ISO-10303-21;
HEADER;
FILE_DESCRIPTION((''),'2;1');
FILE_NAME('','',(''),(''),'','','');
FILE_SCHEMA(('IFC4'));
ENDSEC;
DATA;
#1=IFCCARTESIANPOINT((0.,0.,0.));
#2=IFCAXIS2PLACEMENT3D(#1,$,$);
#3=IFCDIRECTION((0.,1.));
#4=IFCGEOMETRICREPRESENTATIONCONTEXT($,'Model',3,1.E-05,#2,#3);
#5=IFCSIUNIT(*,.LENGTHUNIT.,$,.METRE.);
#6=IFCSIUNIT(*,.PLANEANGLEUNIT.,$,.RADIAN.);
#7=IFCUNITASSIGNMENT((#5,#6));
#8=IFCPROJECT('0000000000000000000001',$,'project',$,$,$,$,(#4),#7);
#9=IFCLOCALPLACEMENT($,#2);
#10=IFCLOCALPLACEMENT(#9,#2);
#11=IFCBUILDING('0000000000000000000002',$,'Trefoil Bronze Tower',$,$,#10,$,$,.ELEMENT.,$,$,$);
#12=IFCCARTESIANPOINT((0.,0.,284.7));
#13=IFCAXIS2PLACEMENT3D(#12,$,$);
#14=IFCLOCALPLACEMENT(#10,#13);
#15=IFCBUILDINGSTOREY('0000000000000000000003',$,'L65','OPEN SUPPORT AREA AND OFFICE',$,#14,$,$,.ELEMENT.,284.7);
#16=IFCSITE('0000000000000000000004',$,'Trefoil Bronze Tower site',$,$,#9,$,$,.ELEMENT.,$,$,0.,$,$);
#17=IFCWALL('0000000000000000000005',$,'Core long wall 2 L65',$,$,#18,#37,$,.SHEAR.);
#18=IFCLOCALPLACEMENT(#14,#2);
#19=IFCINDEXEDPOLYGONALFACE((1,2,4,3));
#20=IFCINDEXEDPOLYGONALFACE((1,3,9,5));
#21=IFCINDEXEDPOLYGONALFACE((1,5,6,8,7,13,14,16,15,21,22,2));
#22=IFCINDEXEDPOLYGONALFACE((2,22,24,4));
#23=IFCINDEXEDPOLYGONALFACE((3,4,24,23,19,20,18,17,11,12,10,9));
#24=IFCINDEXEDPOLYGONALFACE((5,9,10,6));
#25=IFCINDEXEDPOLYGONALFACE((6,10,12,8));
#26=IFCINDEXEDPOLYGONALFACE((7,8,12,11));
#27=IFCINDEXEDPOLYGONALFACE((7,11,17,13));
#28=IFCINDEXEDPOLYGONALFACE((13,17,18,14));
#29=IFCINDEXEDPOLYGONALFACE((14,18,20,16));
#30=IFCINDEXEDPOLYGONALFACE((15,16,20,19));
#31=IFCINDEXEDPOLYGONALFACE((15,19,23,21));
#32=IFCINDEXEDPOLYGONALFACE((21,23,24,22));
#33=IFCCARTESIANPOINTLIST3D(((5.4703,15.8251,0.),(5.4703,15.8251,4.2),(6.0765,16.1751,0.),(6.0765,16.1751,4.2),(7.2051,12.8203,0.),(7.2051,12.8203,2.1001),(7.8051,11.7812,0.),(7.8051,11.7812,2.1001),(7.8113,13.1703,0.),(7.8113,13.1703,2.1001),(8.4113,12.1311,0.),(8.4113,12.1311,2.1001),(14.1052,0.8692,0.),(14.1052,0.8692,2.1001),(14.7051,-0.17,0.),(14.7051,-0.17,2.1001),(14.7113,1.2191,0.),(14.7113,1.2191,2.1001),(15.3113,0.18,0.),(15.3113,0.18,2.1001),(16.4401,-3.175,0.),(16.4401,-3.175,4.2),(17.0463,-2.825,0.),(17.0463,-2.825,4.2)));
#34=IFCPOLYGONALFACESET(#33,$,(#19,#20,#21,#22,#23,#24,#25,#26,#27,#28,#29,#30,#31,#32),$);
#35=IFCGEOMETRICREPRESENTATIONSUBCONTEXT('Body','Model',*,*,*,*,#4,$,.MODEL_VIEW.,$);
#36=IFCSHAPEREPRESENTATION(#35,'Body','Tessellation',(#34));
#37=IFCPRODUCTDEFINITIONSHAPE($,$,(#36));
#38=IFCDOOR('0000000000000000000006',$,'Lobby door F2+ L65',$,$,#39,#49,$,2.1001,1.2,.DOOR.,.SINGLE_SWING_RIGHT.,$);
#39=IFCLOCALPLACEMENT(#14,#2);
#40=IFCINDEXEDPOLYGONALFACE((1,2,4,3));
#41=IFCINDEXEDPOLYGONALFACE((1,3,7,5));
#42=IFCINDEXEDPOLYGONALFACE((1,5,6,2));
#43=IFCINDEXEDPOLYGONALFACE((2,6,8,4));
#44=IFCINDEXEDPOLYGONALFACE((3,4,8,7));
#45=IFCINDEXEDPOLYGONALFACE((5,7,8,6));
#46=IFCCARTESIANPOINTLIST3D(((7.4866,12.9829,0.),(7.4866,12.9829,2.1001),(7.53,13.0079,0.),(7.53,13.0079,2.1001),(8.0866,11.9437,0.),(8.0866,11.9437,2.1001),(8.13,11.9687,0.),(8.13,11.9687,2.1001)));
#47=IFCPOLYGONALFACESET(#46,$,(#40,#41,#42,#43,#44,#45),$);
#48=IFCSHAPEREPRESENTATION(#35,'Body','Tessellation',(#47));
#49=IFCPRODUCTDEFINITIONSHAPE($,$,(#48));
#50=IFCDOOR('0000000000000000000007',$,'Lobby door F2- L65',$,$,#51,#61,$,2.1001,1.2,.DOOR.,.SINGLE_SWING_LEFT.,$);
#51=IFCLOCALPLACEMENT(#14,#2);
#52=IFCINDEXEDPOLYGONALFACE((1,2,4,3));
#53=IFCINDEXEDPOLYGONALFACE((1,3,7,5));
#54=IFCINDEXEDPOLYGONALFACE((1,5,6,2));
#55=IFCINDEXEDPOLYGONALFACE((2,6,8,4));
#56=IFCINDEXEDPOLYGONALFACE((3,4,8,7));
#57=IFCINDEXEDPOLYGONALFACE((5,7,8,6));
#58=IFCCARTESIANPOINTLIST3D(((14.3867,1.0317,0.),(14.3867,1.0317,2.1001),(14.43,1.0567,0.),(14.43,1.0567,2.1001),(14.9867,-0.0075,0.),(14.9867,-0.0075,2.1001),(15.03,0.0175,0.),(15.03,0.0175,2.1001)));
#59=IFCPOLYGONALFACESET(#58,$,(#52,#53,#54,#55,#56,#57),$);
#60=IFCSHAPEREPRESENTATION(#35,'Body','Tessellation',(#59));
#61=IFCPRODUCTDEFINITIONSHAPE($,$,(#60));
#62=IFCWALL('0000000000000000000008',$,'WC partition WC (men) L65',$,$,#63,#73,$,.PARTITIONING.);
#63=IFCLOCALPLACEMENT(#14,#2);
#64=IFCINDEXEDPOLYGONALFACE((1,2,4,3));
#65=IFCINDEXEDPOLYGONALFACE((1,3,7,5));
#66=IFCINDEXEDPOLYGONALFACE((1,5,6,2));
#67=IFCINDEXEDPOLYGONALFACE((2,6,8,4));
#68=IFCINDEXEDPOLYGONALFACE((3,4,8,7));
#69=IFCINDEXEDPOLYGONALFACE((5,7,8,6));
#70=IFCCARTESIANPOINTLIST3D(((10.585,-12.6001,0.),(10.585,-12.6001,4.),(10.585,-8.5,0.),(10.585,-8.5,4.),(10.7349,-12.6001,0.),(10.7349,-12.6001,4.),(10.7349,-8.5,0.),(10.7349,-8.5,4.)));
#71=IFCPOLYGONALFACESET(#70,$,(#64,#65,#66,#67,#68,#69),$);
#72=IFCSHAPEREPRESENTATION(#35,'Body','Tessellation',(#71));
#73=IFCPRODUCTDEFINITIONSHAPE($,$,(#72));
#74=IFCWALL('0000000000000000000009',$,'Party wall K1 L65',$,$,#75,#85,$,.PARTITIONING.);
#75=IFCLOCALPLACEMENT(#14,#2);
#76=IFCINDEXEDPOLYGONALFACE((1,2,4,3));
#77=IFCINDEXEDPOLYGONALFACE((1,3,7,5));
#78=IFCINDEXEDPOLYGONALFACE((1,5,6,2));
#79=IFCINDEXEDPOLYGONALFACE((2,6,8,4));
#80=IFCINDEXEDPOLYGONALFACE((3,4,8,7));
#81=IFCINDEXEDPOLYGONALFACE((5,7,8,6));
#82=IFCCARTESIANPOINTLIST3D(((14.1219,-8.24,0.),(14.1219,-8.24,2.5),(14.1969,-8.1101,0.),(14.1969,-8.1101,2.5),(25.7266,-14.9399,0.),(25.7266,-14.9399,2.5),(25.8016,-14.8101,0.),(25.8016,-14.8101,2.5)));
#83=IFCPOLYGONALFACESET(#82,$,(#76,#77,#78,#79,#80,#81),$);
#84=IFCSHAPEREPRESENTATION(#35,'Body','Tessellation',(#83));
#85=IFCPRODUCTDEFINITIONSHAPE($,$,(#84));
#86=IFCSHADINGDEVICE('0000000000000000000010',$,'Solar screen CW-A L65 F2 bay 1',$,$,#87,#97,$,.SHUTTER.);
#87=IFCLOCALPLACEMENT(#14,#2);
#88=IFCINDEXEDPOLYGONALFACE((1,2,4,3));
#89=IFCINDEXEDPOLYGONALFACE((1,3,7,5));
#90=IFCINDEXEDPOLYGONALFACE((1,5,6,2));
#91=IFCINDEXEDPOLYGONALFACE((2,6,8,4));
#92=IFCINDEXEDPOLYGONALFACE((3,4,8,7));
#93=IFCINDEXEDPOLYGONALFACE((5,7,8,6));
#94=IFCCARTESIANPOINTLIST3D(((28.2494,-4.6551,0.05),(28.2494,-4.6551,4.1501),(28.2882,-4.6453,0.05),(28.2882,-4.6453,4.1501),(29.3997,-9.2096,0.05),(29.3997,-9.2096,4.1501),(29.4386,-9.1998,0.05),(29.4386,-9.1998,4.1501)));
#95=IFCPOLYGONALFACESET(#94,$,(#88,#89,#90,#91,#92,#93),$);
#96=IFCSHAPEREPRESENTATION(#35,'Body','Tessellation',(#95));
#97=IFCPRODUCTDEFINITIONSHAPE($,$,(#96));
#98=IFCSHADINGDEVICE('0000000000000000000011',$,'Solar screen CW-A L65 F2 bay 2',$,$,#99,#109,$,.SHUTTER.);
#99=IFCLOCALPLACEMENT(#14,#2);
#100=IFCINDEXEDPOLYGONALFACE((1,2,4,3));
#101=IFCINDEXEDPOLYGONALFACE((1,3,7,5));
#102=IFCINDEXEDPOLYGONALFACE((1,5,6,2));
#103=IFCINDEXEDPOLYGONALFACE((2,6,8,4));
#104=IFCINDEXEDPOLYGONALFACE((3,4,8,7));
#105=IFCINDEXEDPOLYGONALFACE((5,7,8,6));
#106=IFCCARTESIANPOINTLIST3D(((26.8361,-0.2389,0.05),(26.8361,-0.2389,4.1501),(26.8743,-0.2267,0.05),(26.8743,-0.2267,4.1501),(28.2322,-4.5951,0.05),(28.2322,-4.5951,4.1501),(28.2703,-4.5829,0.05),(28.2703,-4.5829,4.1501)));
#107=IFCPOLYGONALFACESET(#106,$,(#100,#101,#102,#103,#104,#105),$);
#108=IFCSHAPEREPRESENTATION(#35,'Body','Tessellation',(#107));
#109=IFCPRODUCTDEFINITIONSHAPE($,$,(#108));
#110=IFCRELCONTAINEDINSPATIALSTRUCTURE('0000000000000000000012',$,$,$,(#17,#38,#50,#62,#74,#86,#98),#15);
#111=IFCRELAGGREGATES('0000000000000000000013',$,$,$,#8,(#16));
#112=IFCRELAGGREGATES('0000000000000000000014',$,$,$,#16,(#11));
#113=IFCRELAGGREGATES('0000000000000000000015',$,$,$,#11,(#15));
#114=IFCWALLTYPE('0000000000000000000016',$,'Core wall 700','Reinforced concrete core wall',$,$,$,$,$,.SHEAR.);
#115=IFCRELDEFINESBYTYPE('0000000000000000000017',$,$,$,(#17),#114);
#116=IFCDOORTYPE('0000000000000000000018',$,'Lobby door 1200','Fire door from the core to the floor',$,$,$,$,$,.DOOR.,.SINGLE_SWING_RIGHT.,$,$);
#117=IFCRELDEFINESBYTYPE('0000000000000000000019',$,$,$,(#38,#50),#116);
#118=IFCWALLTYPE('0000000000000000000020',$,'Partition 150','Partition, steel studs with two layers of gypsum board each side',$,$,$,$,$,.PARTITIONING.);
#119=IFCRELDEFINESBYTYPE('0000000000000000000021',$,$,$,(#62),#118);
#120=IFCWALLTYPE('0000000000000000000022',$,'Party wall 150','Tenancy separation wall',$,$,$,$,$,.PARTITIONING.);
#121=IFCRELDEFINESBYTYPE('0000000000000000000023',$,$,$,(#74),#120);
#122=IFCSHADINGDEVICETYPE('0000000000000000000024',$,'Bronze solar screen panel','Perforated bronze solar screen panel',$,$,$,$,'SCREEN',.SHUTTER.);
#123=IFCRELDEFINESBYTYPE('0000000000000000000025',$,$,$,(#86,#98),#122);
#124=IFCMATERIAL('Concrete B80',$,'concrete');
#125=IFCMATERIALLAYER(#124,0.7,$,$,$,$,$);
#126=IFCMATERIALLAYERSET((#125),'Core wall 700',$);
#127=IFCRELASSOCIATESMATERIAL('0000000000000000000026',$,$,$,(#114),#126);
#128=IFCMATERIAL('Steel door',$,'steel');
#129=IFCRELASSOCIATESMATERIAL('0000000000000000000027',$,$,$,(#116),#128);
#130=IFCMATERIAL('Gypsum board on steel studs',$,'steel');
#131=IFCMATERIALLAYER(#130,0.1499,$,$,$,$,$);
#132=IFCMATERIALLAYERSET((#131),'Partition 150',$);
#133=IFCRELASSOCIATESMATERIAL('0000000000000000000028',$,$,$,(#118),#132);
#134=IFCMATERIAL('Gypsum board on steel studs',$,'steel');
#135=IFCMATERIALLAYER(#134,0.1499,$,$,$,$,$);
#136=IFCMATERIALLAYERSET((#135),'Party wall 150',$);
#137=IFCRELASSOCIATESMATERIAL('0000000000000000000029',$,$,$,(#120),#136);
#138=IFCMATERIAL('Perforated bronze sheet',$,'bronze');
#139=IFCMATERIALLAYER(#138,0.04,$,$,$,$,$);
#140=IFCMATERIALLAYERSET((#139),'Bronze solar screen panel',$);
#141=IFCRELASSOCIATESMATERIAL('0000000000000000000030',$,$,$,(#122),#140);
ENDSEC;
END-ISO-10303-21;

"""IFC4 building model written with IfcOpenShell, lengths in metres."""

from ifc_helpers import new_model, si_unit, direction, frame, frame_2d, origin, origin_2d, place, context, subcontext, project, spatial, rectangle, extrude, material, layer, layer_set, type_object, element, fill, save


model = new_model("IFC4")

# Units and contexts
model_context = context("Model", 3, precision=1e-05, world=origin(), true_north=direction((0.0, 1.0)))
body_context = subcontext(model_context, "Body", "Model", "MODEL_VIEW")
ifc_project = project(units=[si_unit("LENGTHUNIT", "METRE"), si_unit("PLANEANGLEUNIT", "RADIAN")], contexts=[model_context])

# Site, building, storey
site_placement = place(None, origin())
site = spatial("IfcSite", under=ifc_project, at=site_placement, Name="Trefoil Bronze Tower site", CompositionType="ELEMENT", RefElevation=0.0)
building_placement = place(site_placement, origin())
building = spatial("IfcBuilding", under=site, at=building_placement, Name="Trefoil Bronze Tower", CompositionType="ELEMENT")
storey_placement = place(building_placement, frame((0.0, 0.0, 284.7)))
storey = spatial("IfcBuildingStorey", under=building, at=storey_placement, Name="L65", Description="OPEN SUPPORT AREA AND OFFICE", CompositionType="ELEMENT", Elevation=284.7)

# Shared definitions
ifc_material_1 = material(Name="Concrete B80", Category="concrete")
ifc_layer_1 = layer(ifc_material_1, 0.7)
ifc_layer_set_1 = layer_set([ifc_layer_1], Name="Core wall 700")
wall_type_1 = type_object("IfcWallType", Name="Core wall 700", Description="Reinforced concrete core wall", PredefinedType="SHEAR", material=ifc_layer_set_1)

# Wall, openings, doors
wall_1_placement = place(storey_placement, frame((16.7432, -3.0, 0.0), z_axis=(0.0, 0.0, 1.0), x_axis=(-0.500002, 0.866024, 0.0)))
wall_1 = element("IfcWall", 1, at=wall_1_placement, inside=storey, type_object=wall_type_1, Name="Core long wall 2 L65", PredefinedType="SHEAR", context=body_context, shape_type="SweptSolid", body=[
    extrude(rectangle(XDim=21.9395, YDim=0.7, at=frame_2d((10.9697, 0.0))), origin(), (0.0, 0.0, 1.0), 4.2),
])
opening_1_placement = place(wall_1_placement, frame((17.2698, 0.0, 0.0)))
opening_1 = element("IfcOpeningElement", 2, at=opening_1_placement, cuts=wall_1, PredefinedType="OPENING", context=body_context, shape_type="SweptSolid", body=[
    extrude(rectangle(XDim=1.2, YDim=2.1001, at=frame_2d((0.6001, 1.05))), frame((0.0, 0.3599, 0.0), z_axis=(0.0, -1.0, 0.0), x_axis=(1.0, 0.0, 0.0)), (0.0, 0.0, 1.0), 0.72),
])
opening_2_placement = place(wall_1_placement, frame((3.4697, 0.0, 0.0)))
opening_2 = element("IfcOpeningElement", 3, at=opening_2_placement, cuts=wall_1, PredefinedType="OPENING", context=body_context, shape_type="SweptSolid", body=[
    extrude(rectangle(XDim=1.2, YDim=2.1001, at=frame_2d((0.6001, 1.05))), frame((0.0, 0.3599, 0.0), z_axis=(0.0, -1.0, 0.0), x_axis=(1.0, 0.0, 0.0)), (0.0, 0.0, 1.0), 0.72),
])
ifc_material_2 = material(Name="Steel door", Category="steel")
door_type = type_object("IfcDoorType", Name="Lobby door 1200", Description="Fire door from the core to the floor", OperationType="SINGLE_SWING_RIGHT", PredefinedType="DOOR", material=ifc_material_2)
door_1_placement = place(opening_1_placement, origin())
door_1 = element("IfcDoor", 4, at=door_1_placement, inside=storey, type_object=door_type, Name="Lobby door F2+ L65", OperationType="SINGLE_SWING_RIGHT", OverallHeight=2.1001, OverallWidth=1.2, PredefinedType="DOOR", context=body_context, shape_type="SweptSolid", body=[
    extrude(rectangle(XDim=1.2, YDim=2.1001, at=frame_2d((0.6001, 1.05))), frame((0.0, 0.0249, 0.0), z_axis=(0.0, -1.0, 0.0), x_axis=(1.0, 0.0, 0.0)), (0.0, 0.0, 1.0), 0.05),
])
fill(opening_1, door_1)
door_2_placement = place(opening_2_placement, origin())
door_2 = element("IfcDoor", 5, at=door_2_placement, inside=storey, type_object=door_type, Name="Lobby door F2- L65", OperationType="SINGLE_SWING_LEFT", OverallHeight=2.1001, OverallWidth=1.2, PredefinedType="DOOR", context=body_context, shape_type="SweptSolid", body=[
    extrude(rectangle(XDim=1.2, YDim=2.1001, at=frame_2d((0.6001, 1.05))), frame((0.0, 0.0249, 0.0), z_axis=(0.0, -1.0, 0.0), x_axis=(1.0, 0.0, 0.0)), (0.0, 0.0, 1.0), 0.05),
])
fill(opening_2, door_2)

# Walls
ifc_material_3 = material(Name="Gypsum board on steel studs", Category="steel")
ifc_layer_2 = layer(ifc_material_3, 0.1499)
ifc_layer_set_2 = layer_set([ifc_layer_2], Name="Partition 150")
wall_type_2 = type_object("IfcWallType", Name="Partition 150", Description="Partition, steel studs with two layers of gypsum board each side", PredefinedType="PARTITIONING", material=ifc_layer_set_2)
wall_2_placement = place(storey_placement, frame((10.6599, -8.5, 0.0), z_axis=(0.0, 0.0, 1.0), x_axis=(0.0, -1.0, 0.0)))
element("IfcWall", 6, at=wall_2_placement, inside=storey, type_object=wall_type_2, Name="WC partition WC (men) L65", PredefinedType="PARTITIONING", context=body_context, shape_type="SweptSolid", body=[
    extrude(rectangle(XDim=4.1001, YDim=0.1499, at=frame_2d((2.05, 0.0))), origin(), (0.0, 0.0, 1.0), 4.0),
])
ifc_material_4 = material(Name="Gypsum board on steel studs", Category="steel")
ifc_layer_3 = layer(ifc_material_4, 0.1499)
ifc_layer_set_3 = layer_set([ifc_layer_3], Name="Party wall 150")
wall_type_3 = type_object("IfcWallType", Name="Party wall 150", Description="Tenancy separation wall", PredefinedType="PARTITIONING", material=ifc_layer_set_3)
wall_3_placement = place(storey_placement, frame((14.1594, -8.175, 0.0), z_axis=(0.0, 0.0, 1.0), x_axis=(0.866027, -0.499997, 0.0)))
element("IfcWall", 7, at=wall_3_placement, inside=storey, type_object=wall_type_3, Name="Party wall K1 L65", PredefinedType="PARTITIONING", context=body_context, shape_type="SweptSolid", body=[
    extrude(rectangle(XDim=13.3999, YDim=0.1499, at=frame_2d((6.7, 0.0))), origin(), (0.0, 0.0, 1.0), 2.5),
])

# Shading devices
ifc_material_5 = material(Name="Perforated bronze sheet", Category="bronze")
ifc_layer_4 = layer(ifc_material_5, 0.04)
ifc_layer_set_4 = layer_set([ifc_layer_4], Name="Bronze solar screen panel")
shading_device_type = type_object("IfcShadingDeviceType", Name="Bronze solar screen panel", Description="Perforated bronze solar screen panel", ElementType="SCREEN", PredefinedType="SHUTTER", material=ifc_layer_set_4)
shading_device_1_placement = place(storey_placement, frame((28.844, -6.9275, 0.05), z_axis=(0.0, 0.0, 1.0), x_axis=(-0.24488, 0.969554, 0.0)))
element("IfcShadingDevice", 8, at=shading_device_1_placement, inside=storey, type_object=shading_device_type, Name="Solar screen CW-A L65 F2 bay 1", PredefinedType="SHUTTER", context=body_context, shape_type="SweptSolid", body=[
    extrude(rectangle(XDim=4.6975, YDim=0.04, at=origin_2d()), origin(), (0.0, 0.0, 1.0), 4.1001),
])
shading_device_2_placement = place(storey_placement, frame((27.5532, -2.4109, 0.05), z_axis=(0.0, 0.0, 1.0), x_axis=(-0.305188, 0.952292, 0.0)))
element("IfcShadingDevice", 9, at=shading_device_2_placement, inside=storey, type_object=shading_device_type, Name="Solar screen CW-A L65 F2 bay 2", PredefinedType="SHUTTER", context=body_context, shape_type="SweptSolid", body=[
    extrude(rectangle(XDim=4.5745, YDim=0.04, at=origin_2d()), origin(), (0.0, 0.0, 1.0), 4.1001),
])

save(model, "model.ifc")
